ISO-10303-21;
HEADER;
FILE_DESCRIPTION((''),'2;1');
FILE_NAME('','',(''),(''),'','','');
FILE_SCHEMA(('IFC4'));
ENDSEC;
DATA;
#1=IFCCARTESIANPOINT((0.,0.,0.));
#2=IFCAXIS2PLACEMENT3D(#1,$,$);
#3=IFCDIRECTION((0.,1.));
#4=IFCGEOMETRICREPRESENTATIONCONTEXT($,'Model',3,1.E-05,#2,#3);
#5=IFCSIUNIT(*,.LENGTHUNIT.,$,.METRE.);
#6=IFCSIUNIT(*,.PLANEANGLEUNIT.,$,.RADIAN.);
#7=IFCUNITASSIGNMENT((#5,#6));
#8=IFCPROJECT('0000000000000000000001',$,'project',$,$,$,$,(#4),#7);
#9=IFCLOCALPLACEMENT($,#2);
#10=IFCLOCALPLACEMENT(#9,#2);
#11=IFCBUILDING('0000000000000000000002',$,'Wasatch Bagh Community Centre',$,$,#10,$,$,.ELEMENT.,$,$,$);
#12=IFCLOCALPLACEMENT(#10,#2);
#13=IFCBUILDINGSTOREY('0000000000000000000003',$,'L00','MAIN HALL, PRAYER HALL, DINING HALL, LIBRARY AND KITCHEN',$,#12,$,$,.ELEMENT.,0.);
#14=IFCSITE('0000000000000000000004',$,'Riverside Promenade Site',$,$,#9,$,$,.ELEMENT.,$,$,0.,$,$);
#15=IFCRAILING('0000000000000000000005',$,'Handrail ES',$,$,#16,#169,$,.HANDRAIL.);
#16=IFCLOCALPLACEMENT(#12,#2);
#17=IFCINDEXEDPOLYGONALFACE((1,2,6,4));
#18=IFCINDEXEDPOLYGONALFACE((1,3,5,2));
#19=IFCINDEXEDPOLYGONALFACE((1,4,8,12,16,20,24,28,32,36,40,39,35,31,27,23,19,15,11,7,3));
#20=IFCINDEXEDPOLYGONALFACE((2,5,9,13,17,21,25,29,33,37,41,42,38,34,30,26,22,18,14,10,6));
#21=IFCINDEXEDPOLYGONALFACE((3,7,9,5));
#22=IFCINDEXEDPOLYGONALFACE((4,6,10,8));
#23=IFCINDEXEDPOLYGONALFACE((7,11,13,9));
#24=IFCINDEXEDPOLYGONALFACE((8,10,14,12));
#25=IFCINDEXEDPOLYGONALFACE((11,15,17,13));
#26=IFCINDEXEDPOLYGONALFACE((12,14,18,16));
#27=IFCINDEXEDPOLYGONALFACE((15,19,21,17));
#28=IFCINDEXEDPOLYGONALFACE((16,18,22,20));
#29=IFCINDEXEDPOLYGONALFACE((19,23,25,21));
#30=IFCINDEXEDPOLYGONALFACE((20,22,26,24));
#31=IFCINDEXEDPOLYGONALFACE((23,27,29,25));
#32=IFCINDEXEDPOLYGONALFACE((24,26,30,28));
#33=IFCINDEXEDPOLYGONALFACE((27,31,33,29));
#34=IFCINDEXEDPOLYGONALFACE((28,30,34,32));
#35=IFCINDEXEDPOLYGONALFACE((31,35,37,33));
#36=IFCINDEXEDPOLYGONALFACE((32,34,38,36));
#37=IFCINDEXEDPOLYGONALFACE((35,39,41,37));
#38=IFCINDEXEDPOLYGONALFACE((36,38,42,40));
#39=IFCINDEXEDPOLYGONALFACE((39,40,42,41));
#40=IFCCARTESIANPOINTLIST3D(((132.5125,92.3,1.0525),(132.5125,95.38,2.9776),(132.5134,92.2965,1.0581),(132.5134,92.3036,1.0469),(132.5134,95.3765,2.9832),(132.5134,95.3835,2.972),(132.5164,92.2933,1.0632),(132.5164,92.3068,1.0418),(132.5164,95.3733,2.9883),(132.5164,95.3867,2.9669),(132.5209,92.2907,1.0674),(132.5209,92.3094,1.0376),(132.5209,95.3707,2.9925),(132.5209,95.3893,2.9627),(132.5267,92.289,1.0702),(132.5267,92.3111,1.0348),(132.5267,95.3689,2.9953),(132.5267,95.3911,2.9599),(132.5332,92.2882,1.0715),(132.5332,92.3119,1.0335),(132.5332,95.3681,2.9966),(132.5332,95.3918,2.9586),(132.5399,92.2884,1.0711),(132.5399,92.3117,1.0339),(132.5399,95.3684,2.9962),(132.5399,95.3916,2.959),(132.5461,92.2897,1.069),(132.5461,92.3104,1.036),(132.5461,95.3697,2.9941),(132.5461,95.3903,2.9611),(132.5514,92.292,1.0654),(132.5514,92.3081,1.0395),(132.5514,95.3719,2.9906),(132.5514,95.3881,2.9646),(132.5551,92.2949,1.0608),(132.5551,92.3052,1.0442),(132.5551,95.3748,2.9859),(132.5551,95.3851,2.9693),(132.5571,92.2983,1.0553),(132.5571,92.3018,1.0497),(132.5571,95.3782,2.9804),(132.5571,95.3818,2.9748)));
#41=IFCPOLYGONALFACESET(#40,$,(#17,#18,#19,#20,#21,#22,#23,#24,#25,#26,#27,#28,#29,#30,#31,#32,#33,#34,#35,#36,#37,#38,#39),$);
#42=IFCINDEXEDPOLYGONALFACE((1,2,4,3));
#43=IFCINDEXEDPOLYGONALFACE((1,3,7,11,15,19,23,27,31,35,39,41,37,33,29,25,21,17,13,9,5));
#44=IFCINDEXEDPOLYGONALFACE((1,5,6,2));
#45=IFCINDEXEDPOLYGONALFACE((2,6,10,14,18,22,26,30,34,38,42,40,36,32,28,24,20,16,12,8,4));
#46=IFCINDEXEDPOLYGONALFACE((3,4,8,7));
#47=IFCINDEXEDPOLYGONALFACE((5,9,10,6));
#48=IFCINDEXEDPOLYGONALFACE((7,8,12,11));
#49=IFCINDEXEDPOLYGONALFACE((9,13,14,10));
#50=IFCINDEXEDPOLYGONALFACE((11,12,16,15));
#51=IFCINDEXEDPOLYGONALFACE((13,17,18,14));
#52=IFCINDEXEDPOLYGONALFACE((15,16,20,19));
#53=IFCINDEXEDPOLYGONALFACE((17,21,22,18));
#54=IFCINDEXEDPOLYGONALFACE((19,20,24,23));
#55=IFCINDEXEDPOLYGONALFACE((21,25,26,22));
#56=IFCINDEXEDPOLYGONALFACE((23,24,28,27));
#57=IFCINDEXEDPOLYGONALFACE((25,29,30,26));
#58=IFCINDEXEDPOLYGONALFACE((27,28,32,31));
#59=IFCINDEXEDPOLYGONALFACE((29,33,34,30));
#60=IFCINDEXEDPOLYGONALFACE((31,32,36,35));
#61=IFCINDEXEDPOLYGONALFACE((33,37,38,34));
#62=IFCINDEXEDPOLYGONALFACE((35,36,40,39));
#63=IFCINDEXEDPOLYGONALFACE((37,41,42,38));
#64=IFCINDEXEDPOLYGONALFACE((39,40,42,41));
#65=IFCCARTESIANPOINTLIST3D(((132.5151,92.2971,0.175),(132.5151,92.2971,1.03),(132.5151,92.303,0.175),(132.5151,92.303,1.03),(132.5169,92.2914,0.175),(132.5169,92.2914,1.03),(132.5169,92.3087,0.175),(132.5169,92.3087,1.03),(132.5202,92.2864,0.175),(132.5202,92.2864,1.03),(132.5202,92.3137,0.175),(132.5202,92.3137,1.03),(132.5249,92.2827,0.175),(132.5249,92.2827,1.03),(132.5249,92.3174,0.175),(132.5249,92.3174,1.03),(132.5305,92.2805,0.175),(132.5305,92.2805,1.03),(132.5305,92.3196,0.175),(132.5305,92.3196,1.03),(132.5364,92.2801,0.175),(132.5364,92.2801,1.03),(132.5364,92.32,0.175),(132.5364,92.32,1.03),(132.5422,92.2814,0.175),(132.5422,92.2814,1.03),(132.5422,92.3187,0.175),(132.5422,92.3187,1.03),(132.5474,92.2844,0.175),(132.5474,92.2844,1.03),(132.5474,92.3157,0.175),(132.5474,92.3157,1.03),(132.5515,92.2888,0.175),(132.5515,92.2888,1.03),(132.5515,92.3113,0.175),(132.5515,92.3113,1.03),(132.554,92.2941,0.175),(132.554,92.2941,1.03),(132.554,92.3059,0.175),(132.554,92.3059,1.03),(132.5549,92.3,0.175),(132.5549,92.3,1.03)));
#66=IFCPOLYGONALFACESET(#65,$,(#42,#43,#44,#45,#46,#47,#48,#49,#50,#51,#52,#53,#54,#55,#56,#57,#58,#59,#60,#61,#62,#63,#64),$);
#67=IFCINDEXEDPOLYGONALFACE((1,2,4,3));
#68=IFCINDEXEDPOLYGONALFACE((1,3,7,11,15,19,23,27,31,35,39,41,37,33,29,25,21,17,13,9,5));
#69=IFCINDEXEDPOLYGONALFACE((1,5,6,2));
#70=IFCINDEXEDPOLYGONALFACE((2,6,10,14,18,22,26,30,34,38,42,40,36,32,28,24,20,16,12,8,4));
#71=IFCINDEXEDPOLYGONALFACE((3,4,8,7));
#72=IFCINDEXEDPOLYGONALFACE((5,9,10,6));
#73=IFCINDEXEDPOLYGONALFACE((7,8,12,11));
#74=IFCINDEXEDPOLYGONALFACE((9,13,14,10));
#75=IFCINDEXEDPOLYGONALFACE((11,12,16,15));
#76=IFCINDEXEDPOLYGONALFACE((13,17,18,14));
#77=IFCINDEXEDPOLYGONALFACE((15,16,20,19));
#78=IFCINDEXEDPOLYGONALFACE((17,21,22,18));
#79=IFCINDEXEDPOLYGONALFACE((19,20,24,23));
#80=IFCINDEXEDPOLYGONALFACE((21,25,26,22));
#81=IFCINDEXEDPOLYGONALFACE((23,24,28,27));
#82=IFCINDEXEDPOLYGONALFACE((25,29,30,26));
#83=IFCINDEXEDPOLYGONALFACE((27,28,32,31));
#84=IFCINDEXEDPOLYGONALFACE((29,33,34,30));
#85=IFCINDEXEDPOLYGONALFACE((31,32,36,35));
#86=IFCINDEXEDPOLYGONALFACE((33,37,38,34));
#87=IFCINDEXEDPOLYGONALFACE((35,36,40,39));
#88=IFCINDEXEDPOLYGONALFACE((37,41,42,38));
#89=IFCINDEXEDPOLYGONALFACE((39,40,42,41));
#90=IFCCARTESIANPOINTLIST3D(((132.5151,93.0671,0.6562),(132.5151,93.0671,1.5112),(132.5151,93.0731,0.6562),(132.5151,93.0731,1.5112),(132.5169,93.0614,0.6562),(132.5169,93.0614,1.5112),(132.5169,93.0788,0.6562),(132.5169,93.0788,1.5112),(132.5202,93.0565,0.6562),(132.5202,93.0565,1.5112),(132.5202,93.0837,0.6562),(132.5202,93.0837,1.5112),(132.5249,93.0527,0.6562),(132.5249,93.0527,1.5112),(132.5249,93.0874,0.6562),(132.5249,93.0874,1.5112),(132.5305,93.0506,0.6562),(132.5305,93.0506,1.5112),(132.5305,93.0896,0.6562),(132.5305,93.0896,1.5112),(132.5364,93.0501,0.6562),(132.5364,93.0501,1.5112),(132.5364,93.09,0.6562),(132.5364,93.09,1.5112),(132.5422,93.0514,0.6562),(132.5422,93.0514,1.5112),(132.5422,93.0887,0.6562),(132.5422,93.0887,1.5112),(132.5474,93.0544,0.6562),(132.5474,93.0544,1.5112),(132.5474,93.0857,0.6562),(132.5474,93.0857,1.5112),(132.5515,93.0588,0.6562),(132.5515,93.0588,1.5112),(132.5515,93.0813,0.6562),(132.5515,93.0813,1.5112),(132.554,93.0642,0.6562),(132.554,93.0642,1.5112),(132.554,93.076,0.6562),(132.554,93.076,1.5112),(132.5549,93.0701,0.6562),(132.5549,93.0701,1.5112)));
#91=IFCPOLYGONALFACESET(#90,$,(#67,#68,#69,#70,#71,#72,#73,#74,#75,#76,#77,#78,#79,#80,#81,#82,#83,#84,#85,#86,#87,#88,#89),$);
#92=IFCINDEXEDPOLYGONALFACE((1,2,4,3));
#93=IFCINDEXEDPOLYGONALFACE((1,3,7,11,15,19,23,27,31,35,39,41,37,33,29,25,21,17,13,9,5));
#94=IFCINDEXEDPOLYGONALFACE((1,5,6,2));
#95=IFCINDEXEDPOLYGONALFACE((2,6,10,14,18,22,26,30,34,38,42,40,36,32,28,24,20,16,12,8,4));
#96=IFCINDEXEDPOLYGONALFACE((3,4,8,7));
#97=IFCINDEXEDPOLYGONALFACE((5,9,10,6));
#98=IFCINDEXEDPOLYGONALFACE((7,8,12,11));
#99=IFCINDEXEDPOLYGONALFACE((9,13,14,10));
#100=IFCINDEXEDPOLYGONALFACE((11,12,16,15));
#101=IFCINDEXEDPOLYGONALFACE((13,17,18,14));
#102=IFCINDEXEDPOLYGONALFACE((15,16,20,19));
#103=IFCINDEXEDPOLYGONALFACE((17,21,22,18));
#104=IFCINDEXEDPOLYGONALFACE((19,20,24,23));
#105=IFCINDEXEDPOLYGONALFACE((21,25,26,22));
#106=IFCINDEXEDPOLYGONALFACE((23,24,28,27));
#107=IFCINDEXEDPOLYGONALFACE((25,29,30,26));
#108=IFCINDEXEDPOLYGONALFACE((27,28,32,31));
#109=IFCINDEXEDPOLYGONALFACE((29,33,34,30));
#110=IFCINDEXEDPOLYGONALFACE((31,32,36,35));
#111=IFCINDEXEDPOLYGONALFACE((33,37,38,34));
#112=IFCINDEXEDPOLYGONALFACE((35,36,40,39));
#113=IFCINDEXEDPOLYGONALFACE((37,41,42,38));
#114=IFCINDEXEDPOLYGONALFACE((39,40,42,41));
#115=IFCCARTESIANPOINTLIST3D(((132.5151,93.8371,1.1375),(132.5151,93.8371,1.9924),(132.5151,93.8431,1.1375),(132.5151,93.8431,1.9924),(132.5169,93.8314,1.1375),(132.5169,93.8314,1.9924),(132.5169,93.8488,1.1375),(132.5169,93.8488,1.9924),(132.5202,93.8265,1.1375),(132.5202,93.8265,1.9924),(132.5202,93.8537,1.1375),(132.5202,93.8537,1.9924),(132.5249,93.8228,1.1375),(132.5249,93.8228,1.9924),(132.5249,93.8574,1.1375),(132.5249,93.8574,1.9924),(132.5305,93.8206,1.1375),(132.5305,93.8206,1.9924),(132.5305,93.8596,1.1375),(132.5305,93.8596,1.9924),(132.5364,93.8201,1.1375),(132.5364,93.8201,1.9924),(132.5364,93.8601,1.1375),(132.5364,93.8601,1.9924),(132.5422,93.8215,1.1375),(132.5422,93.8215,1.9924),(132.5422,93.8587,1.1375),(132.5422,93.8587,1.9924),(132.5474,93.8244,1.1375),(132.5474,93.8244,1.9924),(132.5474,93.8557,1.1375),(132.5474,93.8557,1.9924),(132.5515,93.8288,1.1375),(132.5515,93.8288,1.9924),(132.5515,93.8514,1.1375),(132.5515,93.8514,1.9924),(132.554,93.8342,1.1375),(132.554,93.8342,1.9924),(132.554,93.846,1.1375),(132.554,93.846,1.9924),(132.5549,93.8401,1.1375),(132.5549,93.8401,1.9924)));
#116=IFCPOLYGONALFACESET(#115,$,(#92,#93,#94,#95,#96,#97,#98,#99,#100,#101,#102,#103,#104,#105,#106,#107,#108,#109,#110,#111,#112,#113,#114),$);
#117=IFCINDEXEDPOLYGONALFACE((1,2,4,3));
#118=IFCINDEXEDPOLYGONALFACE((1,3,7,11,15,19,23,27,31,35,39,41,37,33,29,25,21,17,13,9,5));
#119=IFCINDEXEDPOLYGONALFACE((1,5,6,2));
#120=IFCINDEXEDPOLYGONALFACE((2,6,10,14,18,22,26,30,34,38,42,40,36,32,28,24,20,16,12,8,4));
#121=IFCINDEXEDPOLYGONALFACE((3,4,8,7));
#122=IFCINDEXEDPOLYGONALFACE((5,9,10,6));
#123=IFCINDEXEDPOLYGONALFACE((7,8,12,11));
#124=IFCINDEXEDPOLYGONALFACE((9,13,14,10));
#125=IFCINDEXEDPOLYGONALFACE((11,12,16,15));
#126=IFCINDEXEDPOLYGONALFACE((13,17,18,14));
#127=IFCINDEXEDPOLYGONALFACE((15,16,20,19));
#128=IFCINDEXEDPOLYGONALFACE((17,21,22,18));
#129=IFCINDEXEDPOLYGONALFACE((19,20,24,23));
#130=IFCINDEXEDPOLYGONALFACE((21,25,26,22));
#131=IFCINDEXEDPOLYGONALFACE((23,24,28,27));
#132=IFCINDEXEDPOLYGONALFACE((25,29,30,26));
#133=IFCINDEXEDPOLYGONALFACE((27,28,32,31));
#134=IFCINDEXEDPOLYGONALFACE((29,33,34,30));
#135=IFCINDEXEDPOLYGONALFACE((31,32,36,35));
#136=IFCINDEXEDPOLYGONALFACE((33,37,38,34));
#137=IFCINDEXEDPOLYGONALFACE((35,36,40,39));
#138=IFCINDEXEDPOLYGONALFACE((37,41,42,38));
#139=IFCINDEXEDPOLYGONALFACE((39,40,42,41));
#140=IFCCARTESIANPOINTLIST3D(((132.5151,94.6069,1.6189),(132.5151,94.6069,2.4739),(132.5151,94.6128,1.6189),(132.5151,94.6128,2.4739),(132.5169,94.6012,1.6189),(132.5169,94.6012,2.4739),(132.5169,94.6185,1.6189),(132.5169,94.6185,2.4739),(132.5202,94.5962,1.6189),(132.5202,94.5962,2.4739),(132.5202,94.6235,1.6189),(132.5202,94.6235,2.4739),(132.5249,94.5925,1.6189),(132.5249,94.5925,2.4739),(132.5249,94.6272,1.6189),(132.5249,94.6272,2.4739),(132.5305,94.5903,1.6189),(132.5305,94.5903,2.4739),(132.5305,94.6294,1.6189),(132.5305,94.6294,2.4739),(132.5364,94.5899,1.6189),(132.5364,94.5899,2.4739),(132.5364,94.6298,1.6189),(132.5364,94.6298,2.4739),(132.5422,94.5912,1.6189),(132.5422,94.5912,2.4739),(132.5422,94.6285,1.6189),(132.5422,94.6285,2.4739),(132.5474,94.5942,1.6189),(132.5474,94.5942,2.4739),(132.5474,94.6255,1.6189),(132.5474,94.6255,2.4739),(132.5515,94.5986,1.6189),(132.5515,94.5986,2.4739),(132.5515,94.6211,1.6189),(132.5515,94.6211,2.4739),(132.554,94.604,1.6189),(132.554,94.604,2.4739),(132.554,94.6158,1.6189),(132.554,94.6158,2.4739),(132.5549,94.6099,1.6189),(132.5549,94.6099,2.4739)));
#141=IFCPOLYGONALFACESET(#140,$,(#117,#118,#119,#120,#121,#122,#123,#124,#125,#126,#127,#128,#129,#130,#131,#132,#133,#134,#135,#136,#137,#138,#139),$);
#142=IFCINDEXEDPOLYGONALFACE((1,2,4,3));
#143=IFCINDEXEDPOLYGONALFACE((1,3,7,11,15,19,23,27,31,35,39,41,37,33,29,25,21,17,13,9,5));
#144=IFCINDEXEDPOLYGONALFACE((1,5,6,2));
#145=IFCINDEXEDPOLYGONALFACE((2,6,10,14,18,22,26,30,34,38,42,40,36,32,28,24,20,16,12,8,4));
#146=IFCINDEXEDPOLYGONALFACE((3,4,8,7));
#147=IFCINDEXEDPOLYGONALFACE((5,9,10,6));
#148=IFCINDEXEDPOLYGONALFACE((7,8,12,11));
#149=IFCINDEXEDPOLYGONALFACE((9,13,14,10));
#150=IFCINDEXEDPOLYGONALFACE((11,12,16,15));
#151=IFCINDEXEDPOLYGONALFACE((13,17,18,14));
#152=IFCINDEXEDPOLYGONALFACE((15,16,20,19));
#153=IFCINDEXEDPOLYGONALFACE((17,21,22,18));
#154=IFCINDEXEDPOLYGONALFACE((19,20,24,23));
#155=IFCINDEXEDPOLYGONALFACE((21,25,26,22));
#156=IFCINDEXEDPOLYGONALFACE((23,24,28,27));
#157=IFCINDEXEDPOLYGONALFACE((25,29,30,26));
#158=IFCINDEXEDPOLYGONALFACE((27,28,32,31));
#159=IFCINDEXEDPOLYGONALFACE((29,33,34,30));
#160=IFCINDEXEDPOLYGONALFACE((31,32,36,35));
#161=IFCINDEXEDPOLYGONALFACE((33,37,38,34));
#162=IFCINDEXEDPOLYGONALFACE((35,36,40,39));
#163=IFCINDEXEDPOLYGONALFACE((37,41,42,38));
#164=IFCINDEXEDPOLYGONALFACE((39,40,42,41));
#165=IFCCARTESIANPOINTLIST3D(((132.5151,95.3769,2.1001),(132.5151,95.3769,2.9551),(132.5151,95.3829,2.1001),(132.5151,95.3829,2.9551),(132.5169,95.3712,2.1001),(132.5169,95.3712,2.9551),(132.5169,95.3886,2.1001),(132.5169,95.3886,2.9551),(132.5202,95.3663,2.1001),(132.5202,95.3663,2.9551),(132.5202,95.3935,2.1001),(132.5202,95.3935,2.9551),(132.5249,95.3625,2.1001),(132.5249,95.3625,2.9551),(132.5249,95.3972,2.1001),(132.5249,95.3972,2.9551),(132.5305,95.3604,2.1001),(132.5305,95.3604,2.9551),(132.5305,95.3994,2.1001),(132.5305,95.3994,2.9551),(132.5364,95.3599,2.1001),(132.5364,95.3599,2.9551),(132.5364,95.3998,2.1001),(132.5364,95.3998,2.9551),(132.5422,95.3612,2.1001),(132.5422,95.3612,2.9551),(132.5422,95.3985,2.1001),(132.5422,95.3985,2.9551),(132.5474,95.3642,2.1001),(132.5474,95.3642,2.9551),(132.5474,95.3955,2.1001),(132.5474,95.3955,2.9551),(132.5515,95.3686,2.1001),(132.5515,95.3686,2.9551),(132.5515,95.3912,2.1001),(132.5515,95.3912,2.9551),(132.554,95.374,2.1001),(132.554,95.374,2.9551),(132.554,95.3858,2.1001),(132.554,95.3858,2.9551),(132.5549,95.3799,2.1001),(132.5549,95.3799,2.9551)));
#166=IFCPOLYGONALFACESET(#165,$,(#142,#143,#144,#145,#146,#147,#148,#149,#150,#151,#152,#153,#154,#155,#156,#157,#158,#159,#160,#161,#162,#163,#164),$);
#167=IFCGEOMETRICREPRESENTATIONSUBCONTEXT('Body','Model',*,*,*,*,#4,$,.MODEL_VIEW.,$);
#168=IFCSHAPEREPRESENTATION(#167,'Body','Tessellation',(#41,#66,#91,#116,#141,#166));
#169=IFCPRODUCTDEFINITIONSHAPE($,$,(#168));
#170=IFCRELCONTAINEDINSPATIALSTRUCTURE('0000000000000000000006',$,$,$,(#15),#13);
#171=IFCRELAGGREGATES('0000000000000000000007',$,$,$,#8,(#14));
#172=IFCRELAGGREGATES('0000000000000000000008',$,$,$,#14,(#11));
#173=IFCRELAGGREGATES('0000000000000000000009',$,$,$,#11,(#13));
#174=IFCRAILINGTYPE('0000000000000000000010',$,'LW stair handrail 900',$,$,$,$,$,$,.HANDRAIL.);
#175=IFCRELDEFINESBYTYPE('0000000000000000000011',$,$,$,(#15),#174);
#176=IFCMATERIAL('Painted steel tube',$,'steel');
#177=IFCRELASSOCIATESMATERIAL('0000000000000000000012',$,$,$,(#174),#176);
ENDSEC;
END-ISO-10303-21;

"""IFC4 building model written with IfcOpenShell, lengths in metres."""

from ifc_helpers import new_model, si_unit, direction, frame, origin, origin_2d, place, context, subcontext, project, spatial, circle, extrude, material, type_object, element, save


model = new_model("IFC4")

# Units and contexts
model_context = context("Model", 3, precision=1e-05, world=origin(), true_north=direction((0.0, 1.0)))
body_context = subcontext(model_context, "Body", "Model", "MODEL_VIEW")
ifc_project = project(units=[si_unit("LENGTHUNIT", "METRE"), si_unit("PLANEANGLEUNIT", "RADIAN")], contexts=[model_context])

# Site, building, storey
site_placement = place(None, origin())
site = spatial("IfcSite", under=ifc_project, at=site_placement, Name="Riverside Promenade Site", CompositionType="ELEMENT", RefElevation=0.0)
building_placement = place(site_placement, origin())
building = spatial("IfcBuilding", under=site, at=building_placement, Name="Wasatch Bagh Community Centre", CompositionType="ELEMENT")
storey_placement = place(building_placement, origin())
storey = spatial("IfcBuildingStorey", under=building, at=storey_placement, Name="L00", Description="MAIN HALL, PRAYER HALL, DINING HALL, LIBRARY AND KITCHEN", CompositionType="ELEMENT", Elevation=0.0)

# Railing
ifc_material_1 = material(Name="Painted steel tube", Category="steel")
railing_type_1 = type_object("IfcRailingType", Name="LW stair handrail 900", PredefinedType="HANDRAIL", material=ifc_material_1)
for number, where, name in (
    (1, (132.5349, 92.3, 0.175), "Handrail ES"),
):
    element("IfcRailing", number, at=place(storey_placement, frame(where)), inside=storey, type_object=railing_type_1, Name=name, PredefinedType="HANDRAIL", context=body_context, shape_type="SweptSolid", body=[
        extrude(circle(Radius=0.0225, at=origin_2d()), frame((0.0, 0.0, 0.8774), z_axis=(0.0, 0.847979, 0.530029), x_axis=(-1.0, 0.0, 0.0)), (0.0, 0.0, 1.0), 3.6321),
        extrude(circle(Radius=0.02, at=origin_2d()), origin(), (0.0, 0.0, 1.0), 0.855),
        extrude(circle(Radius=0.02, at=origin_2d()), frame((0.0, 0.77, 0.4812)), (0.0, 0.0, 1.0), 0.855),
        extrude(circle(Radius=0.02, at=origin_2d()), frame((0.0, 1.54, 0.9624)), (0.0, 0.0, 1.0), 0.855),
        extrude(circle(Radius=0.02, at=origin_2d()), frame((0.0, 2.3098, 1.4438)), (0.0, 0.0, 1.0), 0.855),
        extrude(circle(Radius=0.02, at=origin_2d()), frame((0.0, 3.0798, 1.925)), (0.0, 0.0, 1.0), 0.855),
    ])

save(model, "model.ifc")
